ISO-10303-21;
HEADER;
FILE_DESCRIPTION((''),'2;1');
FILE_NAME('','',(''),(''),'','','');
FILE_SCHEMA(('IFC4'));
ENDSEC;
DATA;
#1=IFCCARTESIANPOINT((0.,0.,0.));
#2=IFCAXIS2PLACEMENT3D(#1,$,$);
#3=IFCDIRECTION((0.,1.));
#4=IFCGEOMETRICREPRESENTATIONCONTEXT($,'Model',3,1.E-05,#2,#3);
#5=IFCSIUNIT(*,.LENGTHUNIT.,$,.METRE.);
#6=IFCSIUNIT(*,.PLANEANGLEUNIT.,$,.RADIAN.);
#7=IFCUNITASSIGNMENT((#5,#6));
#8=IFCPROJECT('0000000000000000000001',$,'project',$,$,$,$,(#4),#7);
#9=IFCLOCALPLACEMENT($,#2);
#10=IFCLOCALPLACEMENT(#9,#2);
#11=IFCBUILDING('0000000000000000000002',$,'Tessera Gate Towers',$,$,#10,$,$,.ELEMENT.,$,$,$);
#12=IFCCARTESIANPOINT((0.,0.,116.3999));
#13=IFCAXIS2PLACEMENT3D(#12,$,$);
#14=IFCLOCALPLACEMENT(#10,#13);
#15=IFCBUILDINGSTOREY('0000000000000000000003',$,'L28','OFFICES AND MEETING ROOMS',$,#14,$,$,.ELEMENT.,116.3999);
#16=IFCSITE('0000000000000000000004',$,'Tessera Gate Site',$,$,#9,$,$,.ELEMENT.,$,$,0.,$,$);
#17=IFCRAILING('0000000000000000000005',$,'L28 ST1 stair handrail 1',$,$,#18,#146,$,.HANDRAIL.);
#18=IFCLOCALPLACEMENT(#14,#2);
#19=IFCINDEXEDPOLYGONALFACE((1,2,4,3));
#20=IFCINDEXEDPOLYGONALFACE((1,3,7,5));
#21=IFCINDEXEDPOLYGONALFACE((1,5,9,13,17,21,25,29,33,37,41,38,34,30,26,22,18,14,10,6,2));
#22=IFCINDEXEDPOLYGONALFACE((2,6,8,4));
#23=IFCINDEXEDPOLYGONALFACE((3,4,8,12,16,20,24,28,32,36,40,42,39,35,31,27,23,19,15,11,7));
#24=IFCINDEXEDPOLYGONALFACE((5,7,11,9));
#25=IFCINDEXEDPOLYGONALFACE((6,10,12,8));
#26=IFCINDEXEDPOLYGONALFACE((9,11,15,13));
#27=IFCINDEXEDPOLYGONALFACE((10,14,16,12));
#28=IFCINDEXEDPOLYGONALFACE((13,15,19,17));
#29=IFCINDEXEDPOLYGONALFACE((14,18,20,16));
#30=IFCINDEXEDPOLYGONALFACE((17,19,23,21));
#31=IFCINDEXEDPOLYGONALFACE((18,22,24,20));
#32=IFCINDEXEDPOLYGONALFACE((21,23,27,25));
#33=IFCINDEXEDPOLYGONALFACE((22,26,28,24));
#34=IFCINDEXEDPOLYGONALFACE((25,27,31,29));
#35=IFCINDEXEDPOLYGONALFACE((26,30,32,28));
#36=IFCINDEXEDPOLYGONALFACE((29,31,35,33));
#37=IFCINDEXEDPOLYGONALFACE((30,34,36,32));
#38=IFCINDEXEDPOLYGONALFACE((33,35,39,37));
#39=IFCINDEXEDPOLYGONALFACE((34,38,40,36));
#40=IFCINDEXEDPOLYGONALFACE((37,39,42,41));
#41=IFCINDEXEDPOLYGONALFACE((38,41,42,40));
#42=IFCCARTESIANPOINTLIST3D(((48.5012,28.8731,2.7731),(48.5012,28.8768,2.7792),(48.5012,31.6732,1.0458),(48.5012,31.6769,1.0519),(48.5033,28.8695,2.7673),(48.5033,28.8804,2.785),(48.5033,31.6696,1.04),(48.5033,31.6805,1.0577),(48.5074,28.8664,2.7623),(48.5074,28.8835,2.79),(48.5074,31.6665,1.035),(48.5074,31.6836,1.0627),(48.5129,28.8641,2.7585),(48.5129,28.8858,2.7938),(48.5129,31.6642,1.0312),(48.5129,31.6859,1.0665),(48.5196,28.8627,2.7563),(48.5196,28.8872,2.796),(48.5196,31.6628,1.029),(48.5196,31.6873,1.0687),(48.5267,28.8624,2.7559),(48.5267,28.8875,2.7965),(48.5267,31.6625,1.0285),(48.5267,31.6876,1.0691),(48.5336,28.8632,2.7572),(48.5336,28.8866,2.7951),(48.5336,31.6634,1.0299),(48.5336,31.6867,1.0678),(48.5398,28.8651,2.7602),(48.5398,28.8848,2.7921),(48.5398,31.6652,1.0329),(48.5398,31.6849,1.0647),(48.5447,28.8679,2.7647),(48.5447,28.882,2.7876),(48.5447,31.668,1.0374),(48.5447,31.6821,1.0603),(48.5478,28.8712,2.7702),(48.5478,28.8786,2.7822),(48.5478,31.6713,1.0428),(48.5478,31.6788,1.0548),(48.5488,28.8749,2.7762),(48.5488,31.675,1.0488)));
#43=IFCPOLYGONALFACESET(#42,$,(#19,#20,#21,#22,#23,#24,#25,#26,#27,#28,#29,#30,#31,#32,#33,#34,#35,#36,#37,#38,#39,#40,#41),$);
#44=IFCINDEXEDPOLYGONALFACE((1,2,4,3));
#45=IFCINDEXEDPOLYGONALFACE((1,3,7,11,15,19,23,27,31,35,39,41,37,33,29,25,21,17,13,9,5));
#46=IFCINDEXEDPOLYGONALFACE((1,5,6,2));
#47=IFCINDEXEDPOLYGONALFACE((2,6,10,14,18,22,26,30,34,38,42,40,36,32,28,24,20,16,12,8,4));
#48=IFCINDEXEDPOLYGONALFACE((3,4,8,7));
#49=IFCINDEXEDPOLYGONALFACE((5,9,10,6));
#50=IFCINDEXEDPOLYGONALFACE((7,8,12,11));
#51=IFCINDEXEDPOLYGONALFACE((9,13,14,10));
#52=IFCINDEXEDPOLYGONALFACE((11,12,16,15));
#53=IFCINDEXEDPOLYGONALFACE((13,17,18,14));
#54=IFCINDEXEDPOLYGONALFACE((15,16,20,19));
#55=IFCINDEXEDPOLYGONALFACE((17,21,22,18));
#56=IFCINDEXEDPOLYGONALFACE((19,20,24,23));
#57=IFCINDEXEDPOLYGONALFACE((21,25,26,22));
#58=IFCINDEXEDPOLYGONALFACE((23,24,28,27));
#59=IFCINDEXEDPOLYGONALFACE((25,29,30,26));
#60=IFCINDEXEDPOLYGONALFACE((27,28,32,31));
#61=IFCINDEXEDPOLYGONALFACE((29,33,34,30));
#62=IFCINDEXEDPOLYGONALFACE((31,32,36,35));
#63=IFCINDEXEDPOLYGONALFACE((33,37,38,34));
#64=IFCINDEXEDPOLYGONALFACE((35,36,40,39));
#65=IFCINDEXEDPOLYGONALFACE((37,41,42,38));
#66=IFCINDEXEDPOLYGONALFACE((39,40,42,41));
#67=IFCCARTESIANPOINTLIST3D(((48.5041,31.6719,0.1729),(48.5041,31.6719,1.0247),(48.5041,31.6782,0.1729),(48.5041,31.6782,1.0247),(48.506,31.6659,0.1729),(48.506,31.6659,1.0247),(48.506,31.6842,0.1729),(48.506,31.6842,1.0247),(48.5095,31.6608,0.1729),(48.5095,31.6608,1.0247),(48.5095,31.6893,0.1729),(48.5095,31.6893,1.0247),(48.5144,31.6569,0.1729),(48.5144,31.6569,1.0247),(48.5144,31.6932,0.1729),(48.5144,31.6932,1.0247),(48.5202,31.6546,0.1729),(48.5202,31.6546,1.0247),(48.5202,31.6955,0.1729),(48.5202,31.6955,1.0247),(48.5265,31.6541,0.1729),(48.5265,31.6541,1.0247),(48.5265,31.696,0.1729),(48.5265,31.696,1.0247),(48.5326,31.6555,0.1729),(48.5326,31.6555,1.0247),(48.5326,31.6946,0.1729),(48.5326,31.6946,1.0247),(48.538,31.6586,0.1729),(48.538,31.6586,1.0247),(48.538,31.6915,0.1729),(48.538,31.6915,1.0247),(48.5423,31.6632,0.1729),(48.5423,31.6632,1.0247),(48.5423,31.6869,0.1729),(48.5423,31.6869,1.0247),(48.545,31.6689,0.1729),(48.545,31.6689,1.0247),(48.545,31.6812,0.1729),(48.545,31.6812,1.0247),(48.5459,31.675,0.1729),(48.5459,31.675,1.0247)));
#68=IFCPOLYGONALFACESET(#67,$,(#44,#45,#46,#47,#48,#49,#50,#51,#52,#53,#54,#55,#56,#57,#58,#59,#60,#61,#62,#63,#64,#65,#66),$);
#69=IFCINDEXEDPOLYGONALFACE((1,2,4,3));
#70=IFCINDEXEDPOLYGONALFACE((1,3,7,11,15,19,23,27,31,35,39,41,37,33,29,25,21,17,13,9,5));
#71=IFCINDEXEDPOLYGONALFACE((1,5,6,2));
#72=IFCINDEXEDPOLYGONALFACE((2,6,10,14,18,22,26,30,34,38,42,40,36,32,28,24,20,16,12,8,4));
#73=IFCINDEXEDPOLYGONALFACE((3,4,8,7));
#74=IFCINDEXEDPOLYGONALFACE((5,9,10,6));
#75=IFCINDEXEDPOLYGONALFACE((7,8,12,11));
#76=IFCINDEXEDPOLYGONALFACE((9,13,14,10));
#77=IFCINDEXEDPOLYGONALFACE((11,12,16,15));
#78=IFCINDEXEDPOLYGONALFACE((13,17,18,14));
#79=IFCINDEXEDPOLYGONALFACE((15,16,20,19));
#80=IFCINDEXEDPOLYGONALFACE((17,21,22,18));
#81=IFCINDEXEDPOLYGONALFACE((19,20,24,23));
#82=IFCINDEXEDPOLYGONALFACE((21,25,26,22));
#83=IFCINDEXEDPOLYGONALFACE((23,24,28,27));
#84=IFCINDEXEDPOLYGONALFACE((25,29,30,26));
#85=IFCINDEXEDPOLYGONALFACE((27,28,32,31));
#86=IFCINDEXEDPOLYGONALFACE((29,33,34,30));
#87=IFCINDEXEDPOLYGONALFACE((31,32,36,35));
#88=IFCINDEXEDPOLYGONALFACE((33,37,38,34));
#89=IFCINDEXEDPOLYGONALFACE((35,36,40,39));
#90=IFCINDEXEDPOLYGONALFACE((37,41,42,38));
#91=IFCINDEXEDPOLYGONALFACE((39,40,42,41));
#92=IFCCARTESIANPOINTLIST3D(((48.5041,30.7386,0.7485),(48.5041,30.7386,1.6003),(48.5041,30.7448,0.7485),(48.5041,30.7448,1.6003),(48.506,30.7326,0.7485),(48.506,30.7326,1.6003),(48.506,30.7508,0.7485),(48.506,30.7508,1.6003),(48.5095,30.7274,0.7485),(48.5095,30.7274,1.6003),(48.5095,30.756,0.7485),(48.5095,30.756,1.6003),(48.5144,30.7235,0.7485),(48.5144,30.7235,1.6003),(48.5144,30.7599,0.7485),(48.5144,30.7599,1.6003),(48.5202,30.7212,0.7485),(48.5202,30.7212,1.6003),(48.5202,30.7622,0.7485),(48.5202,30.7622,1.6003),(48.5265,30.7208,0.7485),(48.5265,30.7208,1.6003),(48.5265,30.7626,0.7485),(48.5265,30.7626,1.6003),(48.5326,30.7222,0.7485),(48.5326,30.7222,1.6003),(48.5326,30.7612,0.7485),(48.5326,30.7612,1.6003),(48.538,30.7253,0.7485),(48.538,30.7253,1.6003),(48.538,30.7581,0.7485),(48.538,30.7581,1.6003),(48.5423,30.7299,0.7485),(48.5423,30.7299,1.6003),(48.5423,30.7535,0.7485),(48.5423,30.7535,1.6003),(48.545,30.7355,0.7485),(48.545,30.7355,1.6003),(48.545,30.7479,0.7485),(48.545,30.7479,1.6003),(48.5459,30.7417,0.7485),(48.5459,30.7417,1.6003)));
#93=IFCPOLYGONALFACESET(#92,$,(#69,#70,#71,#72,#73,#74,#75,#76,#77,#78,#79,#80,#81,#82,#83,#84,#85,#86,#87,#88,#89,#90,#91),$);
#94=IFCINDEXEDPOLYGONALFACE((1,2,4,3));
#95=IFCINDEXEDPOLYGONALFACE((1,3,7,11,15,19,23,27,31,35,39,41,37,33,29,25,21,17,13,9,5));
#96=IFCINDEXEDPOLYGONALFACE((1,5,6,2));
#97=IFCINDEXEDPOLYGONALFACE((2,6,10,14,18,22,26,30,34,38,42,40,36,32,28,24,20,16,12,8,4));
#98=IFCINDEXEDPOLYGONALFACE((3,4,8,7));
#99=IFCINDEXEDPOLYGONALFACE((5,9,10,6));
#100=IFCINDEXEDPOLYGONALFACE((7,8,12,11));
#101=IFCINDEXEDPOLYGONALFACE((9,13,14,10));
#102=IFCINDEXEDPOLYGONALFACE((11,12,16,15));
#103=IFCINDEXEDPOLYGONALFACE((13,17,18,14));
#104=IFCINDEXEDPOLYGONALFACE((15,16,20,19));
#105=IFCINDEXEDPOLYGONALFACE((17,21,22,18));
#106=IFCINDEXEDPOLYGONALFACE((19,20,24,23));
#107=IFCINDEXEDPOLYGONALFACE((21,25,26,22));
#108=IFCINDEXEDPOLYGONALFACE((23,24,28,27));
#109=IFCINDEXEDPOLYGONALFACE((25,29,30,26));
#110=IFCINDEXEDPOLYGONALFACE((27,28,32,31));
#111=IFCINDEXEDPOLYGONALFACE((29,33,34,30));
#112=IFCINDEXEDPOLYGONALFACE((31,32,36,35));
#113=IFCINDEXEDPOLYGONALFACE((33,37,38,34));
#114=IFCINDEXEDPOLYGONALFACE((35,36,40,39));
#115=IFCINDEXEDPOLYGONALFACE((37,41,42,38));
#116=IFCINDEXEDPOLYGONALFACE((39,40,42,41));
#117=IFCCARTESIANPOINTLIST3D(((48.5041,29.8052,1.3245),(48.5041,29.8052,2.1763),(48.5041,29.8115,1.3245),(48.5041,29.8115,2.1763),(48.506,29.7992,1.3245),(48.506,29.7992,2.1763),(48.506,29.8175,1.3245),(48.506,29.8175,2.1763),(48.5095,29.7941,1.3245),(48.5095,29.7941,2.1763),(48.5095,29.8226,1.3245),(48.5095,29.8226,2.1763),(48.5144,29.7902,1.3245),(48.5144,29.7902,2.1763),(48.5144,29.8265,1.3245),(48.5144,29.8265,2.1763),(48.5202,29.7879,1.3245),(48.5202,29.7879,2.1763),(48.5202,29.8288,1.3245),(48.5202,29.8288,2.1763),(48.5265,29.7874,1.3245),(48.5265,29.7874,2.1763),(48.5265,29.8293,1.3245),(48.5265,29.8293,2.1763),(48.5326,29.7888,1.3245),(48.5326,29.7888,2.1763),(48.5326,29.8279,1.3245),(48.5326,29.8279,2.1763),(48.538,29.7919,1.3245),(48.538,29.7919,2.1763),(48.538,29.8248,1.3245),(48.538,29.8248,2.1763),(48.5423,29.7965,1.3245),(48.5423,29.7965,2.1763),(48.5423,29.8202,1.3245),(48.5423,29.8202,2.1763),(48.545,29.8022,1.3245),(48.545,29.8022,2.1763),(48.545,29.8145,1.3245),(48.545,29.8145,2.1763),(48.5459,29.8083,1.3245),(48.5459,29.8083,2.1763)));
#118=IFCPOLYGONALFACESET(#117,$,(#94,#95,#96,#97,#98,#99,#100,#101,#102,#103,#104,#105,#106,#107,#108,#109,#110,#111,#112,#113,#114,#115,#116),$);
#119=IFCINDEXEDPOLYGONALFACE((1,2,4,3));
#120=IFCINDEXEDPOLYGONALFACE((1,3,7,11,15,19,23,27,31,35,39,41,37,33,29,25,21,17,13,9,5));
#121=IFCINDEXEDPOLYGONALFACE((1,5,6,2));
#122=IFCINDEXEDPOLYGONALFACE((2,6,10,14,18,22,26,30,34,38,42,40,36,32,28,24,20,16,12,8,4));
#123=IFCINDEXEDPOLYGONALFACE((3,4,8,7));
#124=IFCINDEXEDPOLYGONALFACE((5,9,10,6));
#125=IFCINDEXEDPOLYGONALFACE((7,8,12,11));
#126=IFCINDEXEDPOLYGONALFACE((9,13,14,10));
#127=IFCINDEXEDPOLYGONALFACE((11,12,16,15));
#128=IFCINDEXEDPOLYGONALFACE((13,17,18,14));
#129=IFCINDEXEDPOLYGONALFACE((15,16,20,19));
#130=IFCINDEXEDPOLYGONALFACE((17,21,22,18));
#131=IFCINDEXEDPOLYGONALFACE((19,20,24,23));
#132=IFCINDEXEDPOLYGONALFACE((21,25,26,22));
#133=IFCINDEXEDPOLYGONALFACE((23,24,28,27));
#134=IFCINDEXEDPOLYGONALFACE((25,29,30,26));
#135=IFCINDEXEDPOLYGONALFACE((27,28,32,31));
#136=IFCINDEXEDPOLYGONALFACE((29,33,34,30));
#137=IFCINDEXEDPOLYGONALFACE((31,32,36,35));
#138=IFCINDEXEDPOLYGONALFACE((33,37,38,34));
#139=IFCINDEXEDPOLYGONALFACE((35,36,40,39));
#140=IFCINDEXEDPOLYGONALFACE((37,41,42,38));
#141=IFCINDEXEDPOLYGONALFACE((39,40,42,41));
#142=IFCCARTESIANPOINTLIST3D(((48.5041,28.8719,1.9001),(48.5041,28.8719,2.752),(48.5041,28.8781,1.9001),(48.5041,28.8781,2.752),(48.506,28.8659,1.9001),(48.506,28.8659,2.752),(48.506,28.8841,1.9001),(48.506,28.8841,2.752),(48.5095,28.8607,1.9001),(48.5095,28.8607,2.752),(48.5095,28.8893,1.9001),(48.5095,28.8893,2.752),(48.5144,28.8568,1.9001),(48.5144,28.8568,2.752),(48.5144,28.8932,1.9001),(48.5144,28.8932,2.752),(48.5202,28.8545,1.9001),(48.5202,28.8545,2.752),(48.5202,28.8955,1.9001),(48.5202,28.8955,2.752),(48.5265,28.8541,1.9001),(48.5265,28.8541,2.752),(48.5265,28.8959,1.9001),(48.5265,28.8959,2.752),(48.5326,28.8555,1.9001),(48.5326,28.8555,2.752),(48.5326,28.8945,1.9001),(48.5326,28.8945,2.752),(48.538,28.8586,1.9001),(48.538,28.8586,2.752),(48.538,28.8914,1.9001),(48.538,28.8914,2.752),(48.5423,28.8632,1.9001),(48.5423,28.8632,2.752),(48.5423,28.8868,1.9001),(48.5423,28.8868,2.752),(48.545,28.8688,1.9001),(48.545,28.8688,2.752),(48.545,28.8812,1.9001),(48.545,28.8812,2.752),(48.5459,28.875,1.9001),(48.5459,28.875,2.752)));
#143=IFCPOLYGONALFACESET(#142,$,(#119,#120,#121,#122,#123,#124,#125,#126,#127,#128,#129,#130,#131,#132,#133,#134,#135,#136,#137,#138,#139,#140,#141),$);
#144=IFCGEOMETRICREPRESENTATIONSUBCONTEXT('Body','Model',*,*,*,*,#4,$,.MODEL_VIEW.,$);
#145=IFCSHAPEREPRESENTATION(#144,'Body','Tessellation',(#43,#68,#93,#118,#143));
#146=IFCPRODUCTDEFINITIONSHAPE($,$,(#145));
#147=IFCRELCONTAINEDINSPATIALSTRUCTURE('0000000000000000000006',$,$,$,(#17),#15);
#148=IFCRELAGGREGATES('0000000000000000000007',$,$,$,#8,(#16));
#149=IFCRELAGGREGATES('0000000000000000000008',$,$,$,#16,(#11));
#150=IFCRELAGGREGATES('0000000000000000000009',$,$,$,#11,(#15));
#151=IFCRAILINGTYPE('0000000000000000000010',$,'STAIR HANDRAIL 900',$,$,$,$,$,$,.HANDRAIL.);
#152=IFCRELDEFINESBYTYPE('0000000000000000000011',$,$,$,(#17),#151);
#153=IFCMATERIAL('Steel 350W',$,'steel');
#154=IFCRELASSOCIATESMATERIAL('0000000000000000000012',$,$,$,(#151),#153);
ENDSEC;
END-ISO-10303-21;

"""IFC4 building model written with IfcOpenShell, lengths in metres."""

from ifc_helpers import new_model, si_unit, direction, frame, origin, origin_2d, place, context, subcontext, project, spatial, circle, extrude, material, type_object, element, save


model = new_model("IFC4")

# Units and contexts
model_context = context("Model", 3, precision=1e-05, world=origin(), true_north=direction((0.0, 1.0)))
body_context = subcontext(model_context, "Body", "Model", "MODEL_VIEW")
ifc_project = project(units=[si_unit("LENGTHUNIT", "METRE"), si_unit("PLANEANGLEUNIT", "RADIAN")], contexts=[model_context])

# Site, building, storey
site_placement = place(None, origin())
site = spatial("IfcSite", under=ifc_project, at=site_placement, Name="Tessera Gate Site", CompositionType="ELEMENT", RefElevation=0.0)
building_placement = place(site_placement, origin())
building = spatial("IfcBuilding", under=site, at=building_placement, Name="Tessera Gate Towers", CompositionType="ELEMENT")
storey_placement = place(building_placement, frame((0.0, 0.0, 116.3999)))
storey = spatial("IfcBuildingStorey", under=building, at=storey_placement, Name="L28", Description="OFFICES AND MEETING ROOMS", CompositionType="ELEMENT", Elevation=116.3999)

# Railing
ifc_material_1 = material(Name="Steel 350W", Category="steel")
railing_type_1 = type_object("IfcRailingType", Name="STAIR HANDRAIL 900", PredefinedType="HANDRAIL", material=ifc_material_1)
railing_1_placement = place(storey_placement, frame((48.5249, 31.675, 0.1729)))
element("IfcRailing", 1, at=railing_1_placement, inside=storey, type_object=railing_type_1, Name="L28 ST1 stair handrail 1", PredefinedType="HANDRAIL", context=body_context, shape_type="SweptSolid", body=[
    extrude(circle(Radius=0.0239, at=origin_2d()), frame((0.0, 0.0, 0.876), z_axis=(0.0, -0.85109, 0.52502), x_axis=(1.0, 0.0, 0.0)), (0.0, 0.0, 1.0), 3.29),
    extrude(circle(Radius=0.021, at=origin_2d()), origin(), (0.0, 0.0, 1.0), 0.8518),
    extrude(circle(Radius=0.021, at=origin_2d()), frame((0.0, -0.9333, 0.5757)), (0.0, 0.0, 1.0), 0.8518),
    extrude(circle(Radius=0.021, at=origin_2d()), frame((0.0, -1.8667, 1.1516)), (0.0, 0.0, 1.0), 0.8518),
    extrude(circle(Radius=0.021, at=origin_2d()), frame((0.0, -2.8, 1.7273)), (0.0, 0.0, 1.0), 0.8518),
])

save(model, "model.ifc")
